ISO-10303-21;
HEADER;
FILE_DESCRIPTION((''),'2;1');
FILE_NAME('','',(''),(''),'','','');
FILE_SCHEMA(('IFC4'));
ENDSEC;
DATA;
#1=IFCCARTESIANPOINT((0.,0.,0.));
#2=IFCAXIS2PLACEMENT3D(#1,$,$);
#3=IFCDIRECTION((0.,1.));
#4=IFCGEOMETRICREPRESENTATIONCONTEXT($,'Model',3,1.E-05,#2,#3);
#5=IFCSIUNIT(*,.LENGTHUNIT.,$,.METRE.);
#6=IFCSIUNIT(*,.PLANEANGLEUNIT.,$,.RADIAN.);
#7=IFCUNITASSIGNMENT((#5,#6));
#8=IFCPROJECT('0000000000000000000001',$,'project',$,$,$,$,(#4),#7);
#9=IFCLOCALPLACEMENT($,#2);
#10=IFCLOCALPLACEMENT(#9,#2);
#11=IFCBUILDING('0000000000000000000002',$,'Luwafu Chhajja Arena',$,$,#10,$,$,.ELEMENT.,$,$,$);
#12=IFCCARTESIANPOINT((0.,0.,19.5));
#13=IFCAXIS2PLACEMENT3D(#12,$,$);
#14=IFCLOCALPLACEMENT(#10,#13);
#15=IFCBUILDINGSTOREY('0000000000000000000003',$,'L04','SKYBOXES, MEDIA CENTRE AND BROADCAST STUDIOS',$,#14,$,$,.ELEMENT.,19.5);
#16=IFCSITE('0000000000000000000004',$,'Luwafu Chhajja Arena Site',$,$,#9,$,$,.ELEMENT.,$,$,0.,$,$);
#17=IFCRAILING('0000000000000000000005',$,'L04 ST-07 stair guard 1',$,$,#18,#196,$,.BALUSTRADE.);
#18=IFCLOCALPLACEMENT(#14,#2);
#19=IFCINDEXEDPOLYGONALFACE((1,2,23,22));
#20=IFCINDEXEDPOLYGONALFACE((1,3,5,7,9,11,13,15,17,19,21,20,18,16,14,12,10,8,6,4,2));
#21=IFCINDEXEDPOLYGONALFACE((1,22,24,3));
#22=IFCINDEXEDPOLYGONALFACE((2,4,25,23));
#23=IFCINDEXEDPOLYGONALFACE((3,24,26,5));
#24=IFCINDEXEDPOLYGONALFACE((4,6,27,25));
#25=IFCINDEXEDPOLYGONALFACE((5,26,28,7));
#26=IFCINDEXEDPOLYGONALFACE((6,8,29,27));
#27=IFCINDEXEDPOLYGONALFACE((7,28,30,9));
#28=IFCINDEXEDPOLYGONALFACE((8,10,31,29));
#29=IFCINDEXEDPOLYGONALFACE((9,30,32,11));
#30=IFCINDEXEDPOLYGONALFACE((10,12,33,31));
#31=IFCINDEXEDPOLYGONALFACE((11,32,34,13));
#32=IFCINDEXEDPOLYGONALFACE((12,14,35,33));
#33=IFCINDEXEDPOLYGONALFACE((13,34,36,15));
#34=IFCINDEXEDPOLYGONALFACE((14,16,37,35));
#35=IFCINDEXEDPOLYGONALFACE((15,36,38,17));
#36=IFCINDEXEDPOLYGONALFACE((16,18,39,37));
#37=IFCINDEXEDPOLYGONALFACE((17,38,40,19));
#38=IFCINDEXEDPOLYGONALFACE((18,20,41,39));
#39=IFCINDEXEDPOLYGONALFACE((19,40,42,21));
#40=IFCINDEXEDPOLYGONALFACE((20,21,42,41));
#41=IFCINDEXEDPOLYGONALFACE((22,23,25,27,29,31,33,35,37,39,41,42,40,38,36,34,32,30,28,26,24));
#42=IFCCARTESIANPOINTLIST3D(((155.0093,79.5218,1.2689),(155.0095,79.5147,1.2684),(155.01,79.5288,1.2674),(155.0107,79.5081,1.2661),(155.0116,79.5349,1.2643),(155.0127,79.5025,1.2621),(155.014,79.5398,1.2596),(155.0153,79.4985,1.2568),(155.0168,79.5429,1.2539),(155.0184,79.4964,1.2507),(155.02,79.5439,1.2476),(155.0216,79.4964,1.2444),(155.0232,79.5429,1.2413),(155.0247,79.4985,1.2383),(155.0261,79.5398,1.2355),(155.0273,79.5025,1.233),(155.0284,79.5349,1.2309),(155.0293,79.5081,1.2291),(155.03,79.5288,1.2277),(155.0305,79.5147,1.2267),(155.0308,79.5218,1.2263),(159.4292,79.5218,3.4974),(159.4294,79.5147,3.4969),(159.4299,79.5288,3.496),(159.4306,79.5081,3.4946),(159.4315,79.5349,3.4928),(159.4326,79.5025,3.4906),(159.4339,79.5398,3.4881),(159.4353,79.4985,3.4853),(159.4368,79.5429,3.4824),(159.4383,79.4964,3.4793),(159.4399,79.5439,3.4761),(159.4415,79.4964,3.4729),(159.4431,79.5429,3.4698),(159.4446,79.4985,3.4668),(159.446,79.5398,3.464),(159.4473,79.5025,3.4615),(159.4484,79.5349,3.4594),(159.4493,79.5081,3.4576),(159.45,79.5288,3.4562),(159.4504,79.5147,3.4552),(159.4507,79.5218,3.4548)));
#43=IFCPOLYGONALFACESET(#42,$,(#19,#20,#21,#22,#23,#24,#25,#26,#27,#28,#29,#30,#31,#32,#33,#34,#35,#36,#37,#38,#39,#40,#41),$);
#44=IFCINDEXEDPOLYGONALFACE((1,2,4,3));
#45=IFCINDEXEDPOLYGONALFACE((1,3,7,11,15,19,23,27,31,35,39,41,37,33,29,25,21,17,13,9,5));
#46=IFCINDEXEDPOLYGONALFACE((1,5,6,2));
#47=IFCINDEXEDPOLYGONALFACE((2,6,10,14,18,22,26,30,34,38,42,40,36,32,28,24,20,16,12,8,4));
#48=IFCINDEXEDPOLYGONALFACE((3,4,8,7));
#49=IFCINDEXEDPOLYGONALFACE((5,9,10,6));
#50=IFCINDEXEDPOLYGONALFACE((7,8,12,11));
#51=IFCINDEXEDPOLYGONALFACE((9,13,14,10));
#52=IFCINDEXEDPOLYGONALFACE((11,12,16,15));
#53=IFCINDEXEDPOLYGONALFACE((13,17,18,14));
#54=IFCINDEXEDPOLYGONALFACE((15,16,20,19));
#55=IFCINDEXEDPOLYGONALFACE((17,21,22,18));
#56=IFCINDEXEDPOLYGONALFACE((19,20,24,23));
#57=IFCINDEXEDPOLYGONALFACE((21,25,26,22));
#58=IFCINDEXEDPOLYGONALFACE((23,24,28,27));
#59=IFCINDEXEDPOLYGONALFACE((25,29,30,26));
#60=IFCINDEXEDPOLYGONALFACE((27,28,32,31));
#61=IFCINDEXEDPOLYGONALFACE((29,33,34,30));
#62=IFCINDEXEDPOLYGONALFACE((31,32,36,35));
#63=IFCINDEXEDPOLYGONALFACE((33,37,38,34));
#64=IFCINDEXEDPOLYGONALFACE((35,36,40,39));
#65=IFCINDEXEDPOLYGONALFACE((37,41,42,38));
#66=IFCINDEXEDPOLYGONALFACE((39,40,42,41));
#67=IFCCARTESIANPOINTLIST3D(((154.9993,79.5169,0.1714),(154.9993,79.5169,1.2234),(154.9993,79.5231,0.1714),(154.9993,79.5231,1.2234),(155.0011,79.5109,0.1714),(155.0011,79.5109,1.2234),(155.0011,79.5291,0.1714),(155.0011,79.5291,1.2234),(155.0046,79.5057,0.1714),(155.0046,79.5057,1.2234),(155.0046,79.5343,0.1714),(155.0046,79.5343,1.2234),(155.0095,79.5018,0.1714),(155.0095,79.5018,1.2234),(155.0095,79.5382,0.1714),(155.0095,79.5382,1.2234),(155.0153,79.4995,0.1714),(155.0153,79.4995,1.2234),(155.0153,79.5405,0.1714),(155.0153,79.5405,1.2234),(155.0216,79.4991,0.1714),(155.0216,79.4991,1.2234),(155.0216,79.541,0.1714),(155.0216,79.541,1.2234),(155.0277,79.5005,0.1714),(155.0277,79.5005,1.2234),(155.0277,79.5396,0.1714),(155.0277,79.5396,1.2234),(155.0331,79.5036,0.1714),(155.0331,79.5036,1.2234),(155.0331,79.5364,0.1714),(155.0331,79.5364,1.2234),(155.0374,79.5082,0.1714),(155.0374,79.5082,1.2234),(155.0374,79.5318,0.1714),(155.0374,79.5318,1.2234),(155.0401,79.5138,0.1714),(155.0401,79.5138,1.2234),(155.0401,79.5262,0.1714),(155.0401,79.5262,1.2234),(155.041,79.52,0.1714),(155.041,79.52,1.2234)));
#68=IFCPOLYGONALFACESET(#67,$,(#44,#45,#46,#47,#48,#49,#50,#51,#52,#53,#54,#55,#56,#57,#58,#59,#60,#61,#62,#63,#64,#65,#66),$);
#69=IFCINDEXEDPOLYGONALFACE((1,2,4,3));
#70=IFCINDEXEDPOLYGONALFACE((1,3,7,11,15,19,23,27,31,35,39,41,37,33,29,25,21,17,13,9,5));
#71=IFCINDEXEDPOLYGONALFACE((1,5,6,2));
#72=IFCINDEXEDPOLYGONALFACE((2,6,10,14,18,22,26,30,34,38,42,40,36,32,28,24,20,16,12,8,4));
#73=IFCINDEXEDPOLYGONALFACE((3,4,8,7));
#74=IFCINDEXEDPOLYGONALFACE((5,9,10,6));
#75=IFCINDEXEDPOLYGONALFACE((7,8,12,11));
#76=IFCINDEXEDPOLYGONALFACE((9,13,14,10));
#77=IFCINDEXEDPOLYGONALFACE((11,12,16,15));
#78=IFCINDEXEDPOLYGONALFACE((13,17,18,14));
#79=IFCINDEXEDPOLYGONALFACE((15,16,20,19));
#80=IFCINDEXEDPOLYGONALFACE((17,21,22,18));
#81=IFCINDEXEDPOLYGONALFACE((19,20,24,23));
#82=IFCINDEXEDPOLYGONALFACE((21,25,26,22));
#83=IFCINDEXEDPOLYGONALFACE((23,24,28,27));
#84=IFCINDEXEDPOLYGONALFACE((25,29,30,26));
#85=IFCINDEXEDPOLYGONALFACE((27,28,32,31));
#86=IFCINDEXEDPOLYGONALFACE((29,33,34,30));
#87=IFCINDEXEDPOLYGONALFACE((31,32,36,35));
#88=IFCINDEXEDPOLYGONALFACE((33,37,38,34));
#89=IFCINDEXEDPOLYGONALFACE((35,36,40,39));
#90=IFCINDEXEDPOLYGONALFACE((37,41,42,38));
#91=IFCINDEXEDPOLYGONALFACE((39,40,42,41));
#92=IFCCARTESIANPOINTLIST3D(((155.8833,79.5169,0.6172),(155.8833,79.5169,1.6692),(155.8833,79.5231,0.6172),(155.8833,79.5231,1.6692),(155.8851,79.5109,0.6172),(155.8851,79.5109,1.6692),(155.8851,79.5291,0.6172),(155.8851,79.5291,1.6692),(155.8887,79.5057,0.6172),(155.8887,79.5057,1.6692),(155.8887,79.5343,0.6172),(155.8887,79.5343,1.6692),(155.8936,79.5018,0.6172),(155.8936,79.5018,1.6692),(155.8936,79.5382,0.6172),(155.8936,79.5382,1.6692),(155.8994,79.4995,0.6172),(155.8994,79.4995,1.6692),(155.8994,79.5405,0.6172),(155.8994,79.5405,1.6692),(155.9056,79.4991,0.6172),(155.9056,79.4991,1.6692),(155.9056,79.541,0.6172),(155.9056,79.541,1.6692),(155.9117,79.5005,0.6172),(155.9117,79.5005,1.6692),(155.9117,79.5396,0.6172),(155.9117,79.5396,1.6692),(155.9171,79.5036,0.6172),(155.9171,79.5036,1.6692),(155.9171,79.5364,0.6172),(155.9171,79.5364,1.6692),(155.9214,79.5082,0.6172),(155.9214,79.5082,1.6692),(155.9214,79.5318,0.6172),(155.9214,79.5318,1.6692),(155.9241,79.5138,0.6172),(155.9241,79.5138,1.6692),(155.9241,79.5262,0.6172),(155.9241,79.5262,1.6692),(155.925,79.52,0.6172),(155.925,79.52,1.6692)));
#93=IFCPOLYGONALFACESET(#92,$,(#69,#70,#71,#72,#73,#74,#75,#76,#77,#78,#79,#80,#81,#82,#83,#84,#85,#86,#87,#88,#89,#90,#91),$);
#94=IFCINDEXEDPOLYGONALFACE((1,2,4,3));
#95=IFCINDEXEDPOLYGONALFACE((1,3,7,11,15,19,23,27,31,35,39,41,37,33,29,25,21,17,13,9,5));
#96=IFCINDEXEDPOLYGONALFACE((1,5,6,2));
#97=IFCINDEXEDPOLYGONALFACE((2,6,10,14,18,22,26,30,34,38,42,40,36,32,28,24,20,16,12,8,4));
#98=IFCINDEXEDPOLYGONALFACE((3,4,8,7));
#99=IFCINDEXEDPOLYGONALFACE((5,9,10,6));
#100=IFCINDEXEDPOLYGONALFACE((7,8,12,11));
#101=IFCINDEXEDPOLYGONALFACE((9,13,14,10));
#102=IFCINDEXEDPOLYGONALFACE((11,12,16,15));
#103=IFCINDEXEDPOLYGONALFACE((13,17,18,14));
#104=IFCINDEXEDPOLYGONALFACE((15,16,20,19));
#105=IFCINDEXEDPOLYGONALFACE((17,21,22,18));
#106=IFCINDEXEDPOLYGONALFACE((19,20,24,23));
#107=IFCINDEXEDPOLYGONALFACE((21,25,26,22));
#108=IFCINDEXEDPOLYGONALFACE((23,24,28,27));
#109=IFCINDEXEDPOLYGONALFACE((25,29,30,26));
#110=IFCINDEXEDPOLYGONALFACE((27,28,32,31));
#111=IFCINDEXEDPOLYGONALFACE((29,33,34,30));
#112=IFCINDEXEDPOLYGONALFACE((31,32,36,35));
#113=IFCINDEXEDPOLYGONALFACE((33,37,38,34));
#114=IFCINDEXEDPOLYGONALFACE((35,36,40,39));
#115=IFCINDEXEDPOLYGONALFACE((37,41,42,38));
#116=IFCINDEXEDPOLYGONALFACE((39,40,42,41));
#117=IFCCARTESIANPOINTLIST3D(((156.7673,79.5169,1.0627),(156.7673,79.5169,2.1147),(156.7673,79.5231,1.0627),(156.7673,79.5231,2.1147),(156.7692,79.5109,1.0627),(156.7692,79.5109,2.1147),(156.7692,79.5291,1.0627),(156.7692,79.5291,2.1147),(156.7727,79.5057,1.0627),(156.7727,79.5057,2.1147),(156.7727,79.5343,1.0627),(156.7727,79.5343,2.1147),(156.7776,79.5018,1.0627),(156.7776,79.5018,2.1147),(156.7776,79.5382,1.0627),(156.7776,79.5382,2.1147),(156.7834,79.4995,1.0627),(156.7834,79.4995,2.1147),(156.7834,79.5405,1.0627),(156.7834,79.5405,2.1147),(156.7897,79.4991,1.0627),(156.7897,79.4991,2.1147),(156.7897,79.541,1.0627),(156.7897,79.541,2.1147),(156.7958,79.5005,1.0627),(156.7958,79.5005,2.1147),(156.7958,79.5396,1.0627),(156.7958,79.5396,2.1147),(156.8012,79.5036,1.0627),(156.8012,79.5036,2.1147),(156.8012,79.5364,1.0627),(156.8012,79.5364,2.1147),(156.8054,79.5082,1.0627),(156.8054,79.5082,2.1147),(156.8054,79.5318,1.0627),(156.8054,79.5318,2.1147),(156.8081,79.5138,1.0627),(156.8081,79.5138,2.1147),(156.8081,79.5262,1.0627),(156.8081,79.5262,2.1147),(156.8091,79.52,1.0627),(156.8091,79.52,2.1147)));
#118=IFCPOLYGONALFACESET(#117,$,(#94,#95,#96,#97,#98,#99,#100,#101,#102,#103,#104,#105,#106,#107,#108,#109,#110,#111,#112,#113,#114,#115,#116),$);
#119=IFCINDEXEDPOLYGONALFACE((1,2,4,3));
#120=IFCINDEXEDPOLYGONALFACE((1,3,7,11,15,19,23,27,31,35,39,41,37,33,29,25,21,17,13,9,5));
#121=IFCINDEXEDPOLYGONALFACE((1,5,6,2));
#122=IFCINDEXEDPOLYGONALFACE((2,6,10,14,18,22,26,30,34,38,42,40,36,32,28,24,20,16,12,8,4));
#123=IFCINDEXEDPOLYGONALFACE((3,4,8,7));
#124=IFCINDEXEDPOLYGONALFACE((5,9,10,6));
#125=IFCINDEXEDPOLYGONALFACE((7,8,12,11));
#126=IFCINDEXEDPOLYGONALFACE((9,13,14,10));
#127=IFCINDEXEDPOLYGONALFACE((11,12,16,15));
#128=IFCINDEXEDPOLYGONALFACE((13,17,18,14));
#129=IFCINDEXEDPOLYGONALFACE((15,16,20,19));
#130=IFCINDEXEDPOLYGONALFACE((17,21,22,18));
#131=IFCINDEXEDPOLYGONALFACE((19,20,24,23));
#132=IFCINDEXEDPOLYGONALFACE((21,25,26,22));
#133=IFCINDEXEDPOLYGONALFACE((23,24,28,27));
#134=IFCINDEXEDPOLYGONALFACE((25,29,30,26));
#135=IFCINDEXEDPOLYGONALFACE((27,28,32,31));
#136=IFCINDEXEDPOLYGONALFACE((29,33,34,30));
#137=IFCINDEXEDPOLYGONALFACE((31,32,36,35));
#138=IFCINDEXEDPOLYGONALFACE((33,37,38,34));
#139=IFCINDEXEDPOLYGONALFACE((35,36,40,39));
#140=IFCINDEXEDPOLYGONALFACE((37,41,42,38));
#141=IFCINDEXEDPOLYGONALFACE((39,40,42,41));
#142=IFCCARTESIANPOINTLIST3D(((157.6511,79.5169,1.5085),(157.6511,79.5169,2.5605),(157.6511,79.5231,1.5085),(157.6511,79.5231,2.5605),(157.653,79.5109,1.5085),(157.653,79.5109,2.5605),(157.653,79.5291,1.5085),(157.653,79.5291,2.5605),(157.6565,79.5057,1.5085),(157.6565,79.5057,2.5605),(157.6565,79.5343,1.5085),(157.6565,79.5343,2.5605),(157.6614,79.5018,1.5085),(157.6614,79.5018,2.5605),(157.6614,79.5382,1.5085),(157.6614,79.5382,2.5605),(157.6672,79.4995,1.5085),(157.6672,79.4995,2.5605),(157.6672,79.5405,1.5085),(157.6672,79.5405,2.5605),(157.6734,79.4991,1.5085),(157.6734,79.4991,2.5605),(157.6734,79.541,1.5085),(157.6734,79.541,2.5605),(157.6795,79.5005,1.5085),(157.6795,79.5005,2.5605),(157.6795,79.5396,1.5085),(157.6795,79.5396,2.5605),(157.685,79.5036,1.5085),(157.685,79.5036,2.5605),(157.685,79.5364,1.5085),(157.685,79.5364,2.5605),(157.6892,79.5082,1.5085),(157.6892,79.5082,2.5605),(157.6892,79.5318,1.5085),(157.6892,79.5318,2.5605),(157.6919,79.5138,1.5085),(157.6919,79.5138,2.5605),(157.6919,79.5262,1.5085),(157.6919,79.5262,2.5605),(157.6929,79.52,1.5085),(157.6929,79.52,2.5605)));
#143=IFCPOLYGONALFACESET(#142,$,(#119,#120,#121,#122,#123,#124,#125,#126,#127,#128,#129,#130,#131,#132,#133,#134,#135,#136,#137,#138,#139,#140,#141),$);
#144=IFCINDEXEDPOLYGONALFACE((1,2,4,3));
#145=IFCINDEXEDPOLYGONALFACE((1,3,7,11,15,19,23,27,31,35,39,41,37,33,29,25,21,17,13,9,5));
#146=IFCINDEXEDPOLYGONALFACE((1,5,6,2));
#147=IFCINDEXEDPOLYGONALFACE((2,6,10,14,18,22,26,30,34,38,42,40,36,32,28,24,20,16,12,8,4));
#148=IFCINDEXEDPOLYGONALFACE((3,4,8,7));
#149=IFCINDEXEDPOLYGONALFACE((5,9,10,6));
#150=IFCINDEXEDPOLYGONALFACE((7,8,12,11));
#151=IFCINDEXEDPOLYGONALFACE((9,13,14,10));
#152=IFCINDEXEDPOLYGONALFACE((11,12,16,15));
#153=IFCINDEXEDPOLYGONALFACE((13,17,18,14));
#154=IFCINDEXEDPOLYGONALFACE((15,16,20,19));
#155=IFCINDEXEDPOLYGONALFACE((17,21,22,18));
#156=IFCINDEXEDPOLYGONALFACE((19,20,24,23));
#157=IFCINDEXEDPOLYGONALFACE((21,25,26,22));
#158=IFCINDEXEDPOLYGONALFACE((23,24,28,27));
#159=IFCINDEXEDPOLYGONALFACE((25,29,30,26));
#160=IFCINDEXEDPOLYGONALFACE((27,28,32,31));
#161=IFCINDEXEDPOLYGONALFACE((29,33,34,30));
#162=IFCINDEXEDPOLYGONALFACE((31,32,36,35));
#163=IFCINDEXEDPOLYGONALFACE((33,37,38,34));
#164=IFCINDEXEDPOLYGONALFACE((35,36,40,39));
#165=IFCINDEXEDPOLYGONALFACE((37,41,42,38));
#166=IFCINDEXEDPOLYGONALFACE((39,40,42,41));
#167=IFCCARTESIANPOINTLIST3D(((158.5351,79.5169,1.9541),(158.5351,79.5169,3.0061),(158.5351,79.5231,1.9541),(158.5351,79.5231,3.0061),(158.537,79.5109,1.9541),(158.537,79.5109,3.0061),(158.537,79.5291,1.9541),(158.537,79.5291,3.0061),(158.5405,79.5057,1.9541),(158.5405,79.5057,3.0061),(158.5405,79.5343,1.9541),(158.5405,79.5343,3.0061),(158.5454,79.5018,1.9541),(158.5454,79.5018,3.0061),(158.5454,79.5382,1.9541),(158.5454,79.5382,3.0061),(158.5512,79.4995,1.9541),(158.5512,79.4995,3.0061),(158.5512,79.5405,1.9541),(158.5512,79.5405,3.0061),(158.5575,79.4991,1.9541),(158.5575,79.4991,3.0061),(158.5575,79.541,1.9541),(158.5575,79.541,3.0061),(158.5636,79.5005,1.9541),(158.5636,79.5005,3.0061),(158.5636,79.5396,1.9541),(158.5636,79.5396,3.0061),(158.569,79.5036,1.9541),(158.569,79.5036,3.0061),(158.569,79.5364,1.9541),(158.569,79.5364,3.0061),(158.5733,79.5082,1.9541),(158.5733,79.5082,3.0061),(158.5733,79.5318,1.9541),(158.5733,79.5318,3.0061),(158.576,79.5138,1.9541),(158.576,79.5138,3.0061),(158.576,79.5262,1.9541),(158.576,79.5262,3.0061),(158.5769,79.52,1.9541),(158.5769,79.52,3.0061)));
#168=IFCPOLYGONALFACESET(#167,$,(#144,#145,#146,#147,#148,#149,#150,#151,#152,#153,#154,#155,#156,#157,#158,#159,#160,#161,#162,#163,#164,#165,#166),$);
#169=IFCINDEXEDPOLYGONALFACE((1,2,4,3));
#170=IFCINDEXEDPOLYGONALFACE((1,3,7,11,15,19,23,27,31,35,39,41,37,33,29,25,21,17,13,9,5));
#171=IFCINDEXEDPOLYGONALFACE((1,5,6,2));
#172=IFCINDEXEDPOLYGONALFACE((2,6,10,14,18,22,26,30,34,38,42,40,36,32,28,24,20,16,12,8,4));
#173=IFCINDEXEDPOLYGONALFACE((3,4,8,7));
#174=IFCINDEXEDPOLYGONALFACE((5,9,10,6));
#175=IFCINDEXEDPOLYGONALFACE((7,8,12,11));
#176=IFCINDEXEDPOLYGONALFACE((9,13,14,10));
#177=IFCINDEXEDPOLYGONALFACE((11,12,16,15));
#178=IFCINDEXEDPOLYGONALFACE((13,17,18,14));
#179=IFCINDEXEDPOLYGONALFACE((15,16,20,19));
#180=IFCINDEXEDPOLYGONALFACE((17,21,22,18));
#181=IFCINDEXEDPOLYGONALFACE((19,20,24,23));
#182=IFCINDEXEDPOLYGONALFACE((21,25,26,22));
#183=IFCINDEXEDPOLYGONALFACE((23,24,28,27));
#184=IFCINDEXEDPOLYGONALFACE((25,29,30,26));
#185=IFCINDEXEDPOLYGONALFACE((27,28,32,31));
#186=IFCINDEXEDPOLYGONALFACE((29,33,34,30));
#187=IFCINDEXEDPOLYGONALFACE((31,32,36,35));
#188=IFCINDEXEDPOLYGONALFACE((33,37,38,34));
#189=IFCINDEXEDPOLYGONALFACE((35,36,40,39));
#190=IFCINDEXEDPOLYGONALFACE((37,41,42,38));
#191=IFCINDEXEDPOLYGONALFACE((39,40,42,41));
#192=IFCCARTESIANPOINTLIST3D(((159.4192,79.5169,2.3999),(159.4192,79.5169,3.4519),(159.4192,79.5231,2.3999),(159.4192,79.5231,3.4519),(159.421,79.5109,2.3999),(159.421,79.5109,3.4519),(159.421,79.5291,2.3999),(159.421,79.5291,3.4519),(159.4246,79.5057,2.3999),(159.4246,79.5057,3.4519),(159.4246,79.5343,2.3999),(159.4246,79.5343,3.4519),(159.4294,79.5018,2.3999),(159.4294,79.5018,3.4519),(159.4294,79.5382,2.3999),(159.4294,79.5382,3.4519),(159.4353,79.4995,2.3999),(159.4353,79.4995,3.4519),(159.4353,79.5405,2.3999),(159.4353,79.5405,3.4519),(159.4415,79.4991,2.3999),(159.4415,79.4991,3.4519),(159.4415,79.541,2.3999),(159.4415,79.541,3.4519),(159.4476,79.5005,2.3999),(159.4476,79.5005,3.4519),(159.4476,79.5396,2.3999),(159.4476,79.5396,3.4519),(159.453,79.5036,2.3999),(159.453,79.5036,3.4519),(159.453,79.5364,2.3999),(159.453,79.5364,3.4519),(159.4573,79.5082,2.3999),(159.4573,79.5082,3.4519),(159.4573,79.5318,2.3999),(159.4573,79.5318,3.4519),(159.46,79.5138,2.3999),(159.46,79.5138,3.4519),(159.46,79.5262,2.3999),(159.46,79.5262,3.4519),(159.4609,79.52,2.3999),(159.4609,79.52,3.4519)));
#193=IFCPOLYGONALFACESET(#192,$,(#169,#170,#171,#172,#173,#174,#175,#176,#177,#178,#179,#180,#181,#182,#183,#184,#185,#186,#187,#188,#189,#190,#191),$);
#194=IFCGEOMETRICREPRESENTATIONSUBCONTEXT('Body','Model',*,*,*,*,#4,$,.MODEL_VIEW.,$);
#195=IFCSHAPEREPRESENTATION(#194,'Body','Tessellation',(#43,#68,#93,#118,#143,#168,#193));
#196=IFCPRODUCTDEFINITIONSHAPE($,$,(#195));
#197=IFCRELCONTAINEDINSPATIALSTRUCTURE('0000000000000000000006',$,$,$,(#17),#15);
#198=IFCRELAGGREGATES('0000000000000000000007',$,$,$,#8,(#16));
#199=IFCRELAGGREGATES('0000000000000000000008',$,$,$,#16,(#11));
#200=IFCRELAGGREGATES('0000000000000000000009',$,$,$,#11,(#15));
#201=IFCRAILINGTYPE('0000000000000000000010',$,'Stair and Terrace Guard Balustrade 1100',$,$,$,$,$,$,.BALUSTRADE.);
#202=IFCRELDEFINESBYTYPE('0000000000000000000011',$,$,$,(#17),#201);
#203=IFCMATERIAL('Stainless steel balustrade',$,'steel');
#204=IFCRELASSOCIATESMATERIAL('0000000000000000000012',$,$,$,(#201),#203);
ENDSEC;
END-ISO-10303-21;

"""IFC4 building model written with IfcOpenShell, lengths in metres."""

from ifc_helpers import new_model, si_unit, direction, frame, origin, origin_2d, place, context, subcontext, project, spatial, circle, extrude, material, type_object, element, save


model = new_model("IFC4")

# Units and contexts
model_context = context("Model", 3, precision=1e-05, world=origin(), true_north=direction((0.0, 1.0)))
body_context = subcontext(model_context, "Body", "Model", "MODEL_VIEW")
ifc_project = project(units=[si_unit("LENGTHUNIT", "METRE"), si_unit("PLANEANGLEUNIT", "RADIAN")], contexts=[model_context])

# Site, building, storey
site_placement = place(None, origin())
site = spatial("IfcSite", under=ifc_project, at=site_placement, Name="Luwafu Chhajja Arena Site", CompositionType="ELEMENT", RefElevation=0.0)
building_placement = place(site_placement, origin())
building = spatial("IfcBuilding", under=site, at=building_placement, Name="Luwafu Chhajja Arena", CompositionType="ELEMENT")
storey_placement = place(building_placement, frame((0.0, 0.0, 19.5)))
storey = spatial("IfcBuildingStorey", under=building, at=storey_placement, Name="L04", Description="SKYBOXES, MEDIA CENTRE AND BROADCAST STUDIOS", CompositionType="ELEMENT", Elevation=19.5)

# Railing
ifc_material_1 = material(Name="Stainless steel balustrade", Category="steel")
railing_type_1 = type_object("IfcRailingType", Name="Stair and Terrace Guard Balustrade 1100", PredefinedType="BALUSTRADE", material=ifc_material_1)
railing_1_placement = place(storey_placement, frame((155.02, 79.52, 0.1714)))
element("IfcRailing", 1, at=railing_1_placement, inside=storey, type_object=railing_type_1, Name="L04 ST-07 stair guard 1", PredefinedType="BALUSTRADE", context=body_context, shape_type="SweptSolid", body=[
    extrude(circle(Radius=0.0239, at=origin_2d()), frame((0.0, 0.0, 1.0762), z_axis=(0.892923, 0.0, 0.45021), x_axis=(0.0, 1.0, 0.0)), (0.0, 0.0, 1.0), 4.95),
    extrude(circle(Radius=0.021, at=origin_2d()), origin(), (0.0, 0.0, 1.0), 1.052),
    extrude(circle(Radius=0.021, at=origin_2d()), frame((0.884, 0.0, 0.4458)), (0.0, 0.0, 1.0), 1.052),
    extrude(circle(Radius=0.021, at=origin_2d()), frame((1.7681, 0.0, 0.8914)), (0.0, 0.0, 1.0), 1.052),
    extrude(circle(Radius=0.021, at=origin_2d()), frame((2.6519, 0.0, 1.3372)), (0.0, 0.0, 1.0), 1.052),
    extrude(circle(Radius=0.021, at=origin_2d()), frame((3.5359, 0.0, 1.7827)), (0.0, 0.0, 1.0), 1.052),
    extrude(circle(Radius=0.021, at=origin_2d()), frame((4.4199, 0.0, 2.2285)), (0.0, 0.0, 1.0), 1.052),
])

save(model, "model.ifc")
